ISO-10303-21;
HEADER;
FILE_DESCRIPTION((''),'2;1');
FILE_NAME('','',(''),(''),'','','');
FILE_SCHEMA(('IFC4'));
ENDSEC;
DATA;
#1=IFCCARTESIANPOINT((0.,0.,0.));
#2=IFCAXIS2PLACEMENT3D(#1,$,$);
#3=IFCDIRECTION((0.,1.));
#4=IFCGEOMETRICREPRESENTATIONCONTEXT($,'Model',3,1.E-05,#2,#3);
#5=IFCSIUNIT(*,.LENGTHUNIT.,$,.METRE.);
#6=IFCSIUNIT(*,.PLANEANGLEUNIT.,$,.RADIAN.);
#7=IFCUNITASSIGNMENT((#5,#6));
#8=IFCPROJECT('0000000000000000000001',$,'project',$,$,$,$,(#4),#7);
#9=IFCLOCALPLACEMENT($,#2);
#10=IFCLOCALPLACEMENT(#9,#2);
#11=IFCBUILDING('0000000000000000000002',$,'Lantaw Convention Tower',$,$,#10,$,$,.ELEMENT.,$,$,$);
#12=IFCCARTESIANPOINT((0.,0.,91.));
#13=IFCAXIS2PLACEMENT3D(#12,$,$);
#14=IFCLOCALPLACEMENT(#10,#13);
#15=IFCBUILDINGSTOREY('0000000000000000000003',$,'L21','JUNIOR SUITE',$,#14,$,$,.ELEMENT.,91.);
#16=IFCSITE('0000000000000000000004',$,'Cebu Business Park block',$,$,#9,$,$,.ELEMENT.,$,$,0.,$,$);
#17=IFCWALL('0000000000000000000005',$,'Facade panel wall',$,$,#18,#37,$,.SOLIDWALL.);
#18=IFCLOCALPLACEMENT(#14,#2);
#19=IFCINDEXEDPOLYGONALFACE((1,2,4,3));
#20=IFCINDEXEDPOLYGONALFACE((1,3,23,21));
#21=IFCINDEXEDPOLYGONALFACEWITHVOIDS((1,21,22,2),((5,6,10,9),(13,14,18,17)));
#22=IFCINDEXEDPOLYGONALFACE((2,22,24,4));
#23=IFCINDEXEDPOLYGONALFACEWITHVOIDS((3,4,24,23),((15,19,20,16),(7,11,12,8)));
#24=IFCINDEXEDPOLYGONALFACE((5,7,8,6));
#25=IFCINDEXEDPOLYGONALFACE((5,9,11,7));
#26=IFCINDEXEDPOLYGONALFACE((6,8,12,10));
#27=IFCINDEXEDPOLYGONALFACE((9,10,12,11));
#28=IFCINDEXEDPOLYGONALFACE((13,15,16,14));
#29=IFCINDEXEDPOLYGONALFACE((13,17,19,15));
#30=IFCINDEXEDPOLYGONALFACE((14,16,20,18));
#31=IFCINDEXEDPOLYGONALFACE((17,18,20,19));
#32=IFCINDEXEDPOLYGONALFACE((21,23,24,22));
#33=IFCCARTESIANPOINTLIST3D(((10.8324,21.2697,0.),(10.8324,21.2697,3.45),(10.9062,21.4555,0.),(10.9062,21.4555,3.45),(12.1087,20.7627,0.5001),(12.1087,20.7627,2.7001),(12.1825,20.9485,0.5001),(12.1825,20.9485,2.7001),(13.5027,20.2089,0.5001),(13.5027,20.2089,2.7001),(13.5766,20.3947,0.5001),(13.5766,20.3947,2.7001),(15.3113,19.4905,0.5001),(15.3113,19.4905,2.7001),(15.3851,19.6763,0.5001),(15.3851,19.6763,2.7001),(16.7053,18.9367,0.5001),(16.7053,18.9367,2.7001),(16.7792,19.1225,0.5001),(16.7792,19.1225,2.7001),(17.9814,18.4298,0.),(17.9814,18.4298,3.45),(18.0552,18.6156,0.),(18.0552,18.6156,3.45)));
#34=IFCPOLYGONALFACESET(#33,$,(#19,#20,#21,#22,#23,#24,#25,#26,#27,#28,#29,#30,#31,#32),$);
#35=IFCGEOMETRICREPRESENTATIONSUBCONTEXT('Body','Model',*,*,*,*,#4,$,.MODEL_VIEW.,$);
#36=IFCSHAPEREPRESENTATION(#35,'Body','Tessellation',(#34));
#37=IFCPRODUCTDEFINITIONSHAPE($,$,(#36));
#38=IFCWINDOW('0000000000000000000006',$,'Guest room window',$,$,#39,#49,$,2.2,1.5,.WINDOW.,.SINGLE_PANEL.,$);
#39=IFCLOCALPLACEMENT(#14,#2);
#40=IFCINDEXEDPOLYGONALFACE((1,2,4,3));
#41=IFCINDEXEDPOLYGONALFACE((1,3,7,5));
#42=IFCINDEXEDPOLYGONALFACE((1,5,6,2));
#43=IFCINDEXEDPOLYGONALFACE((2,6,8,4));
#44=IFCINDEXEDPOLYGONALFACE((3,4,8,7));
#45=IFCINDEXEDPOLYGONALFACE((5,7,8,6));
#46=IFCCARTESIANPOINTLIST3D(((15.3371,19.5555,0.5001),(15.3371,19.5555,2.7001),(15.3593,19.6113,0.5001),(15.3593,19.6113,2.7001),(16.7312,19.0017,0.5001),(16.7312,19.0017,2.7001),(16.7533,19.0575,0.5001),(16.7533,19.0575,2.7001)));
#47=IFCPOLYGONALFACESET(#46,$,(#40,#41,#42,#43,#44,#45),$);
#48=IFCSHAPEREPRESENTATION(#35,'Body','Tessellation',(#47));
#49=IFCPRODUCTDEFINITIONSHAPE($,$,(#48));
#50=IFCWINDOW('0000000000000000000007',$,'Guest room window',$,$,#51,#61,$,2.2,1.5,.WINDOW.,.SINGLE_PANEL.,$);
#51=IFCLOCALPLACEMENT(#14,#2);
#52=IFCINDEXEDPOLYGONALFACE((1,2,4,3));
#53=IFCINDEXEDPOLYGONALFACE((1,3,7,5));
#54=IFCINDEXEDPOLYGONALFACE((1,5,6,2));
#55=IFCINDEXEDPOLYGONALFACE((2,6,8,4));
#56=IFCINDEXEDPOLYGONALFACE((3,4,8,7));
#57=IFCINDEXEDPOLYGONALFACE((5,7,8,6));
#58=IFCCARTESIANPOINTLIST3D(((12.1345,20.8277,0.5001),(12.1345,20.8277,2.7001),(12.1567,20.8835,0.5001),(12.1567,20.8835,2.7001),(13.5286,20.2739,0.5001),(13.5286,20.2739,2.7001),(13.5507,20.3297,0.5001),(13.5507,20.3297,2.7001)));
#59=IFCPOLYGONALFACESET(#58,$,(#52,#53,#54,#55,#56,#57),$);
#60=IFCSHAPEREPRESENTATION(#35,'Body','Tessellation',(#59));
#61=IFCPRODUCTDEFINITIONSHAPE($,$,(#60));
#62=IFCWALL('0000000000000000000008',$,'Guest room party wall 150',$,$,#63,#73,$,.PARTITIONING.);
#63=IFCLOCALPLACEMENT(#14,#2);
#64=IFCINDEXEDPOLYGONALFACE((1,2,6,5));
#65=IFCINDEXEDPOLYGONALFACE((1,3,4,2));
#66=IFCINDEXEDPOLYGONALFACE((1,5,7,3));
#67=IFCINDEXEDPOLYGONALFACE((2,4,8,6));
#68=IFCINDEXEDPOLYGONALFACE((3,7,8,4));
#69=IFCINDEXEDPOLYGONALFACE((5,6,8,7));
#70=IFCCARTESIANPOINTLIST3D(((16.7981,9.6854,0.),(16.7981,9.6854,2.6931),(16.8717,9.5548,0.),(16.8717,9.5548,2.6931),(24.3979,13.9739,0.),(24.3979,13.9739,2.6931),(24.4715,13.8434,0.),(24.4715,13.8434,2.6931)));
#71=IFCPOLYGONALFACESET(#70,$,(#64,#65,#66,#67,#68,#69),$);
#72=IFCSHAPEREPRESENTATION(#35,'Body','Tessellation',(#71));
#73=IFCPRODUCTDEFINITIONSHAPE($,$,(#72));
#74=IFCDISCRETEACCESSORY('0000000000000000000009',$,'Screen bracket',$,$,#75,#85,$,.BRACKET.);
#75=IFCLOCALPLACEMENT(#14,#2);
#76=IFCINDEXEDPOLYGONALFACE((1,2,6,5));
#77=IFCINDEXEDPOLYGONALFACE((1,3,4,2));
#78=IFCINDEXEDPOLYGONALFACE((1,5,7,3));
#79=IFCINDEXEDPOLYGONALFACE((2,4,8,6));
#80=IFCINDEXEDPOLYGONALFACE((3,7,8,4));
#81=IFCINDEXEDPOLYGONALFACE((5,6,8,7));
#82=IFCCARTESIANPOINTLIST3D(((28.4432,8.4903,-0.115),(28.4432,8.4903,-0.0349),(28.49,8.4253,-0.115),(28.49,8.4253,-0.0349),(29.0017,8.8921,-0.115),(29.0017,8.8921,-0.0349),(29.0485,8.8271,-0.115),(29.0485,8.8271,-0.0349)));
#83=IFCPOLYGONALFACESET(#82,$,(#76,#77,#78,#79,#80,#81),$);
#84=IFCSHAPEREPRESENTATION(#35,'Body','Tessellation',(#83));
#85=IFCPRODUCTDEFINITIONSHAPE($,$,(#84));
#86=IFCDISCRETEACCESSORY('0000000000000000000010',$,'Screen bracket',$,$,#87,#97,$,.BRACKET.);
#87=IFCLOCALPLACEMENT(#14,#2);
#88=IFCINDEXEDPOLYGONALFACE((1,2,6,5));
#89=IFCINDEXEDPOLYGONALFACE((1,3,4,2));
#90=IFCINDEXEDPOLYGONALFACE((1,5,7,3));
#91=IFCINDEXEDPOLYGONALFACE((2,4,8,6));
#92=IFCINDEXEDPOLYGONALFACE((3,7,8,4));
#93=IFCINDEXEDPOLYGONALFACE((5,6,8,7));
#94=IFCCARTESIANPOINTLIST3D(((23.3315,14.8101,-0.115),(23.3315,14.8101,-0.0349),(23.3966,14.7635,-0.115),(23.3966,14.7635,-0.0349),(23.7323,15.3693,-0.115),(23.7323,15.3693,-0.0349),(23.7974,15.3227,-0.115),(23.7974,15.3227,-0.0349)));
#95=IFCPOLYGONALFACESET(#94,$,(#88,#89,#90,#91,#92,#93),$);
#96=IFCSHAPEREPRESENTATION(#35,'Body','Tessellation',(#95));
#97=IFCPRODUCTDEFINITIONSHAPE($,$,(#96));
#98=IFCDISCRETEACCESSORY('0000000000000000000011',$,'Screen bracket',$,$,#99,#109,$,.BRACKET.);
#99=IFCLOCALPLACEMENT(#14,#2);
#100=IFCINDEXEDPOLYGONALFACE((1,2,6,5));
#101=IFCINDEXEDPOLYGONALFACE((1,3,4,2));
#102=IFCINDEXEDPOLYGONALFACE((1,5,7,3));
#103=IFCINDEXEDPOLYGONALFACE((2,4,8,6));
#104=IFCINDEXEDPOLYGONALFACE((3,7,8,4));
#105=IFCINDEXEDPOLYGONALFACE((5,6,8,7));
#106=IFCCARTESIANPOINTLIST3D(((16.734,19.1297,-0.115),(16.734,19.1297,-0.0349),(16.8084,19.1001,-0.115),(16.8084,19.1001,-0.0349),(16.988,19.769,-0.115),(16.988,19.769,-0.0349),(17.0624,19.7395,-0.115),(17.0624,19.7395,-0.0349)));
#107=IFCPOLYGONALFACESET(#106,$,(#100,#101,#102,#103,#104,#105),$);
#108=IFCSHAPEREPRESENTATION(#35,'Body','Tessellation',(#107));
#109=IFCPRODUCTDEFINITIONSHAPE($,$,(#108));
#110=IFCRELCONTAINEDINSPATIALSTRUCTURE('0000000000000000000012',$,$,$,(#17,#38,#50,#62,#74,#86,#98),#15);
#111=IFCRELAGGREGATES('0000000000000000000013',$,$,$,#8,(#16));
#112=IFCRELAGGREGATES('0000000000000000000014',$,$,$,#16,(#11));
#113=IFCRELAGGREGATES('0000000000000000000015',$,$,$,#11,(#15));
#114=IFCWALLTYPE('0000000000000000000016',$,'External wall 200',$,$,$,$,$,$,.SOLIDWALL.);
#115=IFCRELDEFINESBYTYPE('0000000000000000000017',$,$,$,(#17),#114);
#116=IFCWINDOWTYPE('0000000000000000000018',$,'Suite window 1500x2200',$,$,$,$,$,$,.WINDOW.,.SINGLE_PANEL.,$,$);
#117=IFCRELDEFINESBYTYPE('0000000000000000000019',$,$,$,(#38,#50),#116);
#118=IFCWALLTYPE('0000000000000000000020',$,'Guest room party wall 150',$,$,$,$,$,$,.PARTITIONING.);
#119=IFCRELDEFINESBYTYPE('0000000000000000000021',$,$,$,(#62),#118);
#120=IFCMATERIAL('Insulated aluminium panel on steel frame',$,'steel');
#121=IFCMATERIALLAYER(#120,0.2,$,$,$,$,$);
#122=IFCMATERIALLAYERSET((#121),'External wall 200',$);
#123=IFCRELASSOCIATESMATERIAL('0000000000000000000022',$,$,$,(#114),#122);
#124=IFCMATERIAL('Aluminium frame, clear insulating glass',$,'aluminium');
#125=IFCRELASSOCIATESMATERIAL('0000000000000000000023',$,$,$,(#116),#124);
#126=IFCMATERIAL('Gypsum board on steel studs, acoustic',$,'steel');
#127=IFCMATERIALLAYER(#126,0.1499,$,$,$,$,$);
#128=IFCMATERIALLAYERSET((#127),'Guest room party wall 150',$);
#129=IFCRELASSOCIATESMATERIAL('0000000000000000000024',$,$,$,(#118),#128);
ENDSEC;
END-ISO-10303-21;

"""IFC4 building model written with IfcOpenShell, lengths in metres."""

from ifc_helpers import new_model, si_unit, direction, frame, frame_2d, origin, origin_2d, place, context, subcontext, project, spatial, rectangle, extrude, material, layer, layer_set, type_object, element, fill, save


model = new_model("IFC4")

# Units and contexts
model_context = context("Model", 3, precision=1e-05, world=origin(), true_north=direction((0.0, 1.0)))
body_context = subcontext(model_context, "Body", "Model", "MODEL_VIEW")
ifc_project = project(units=[si_unit("LENGTHUNIT", "METRE"), si_unit("PLANEANGLEUNIT", "RADIAN")], contexts=[model_context])

# Site, building, storey
site_placement = place(None, origin())
site = spatial("IfcSite", under=ifc_project, at=site_placement, Name="Cebu Business Park block", CompositionType="ELEMENT", RefElevation=0.0)
building_placement = place(site_placement, origin())
building = spatial("IfcBuilding", under=site, at=building_placement, Name="Lantaw Convention Tower", CompositionType="ELEMENT")
storey_placement = place(building_placement, frame((0.0, 0.0, 91.0)))
storey = spatial("IfcBuildingStorey", under=building, at=storey_placement, Name="L21", Description="JUNIOR SUITE", CompositionType="ELEMENT", Elevation=91.0)

# Wall, openings, windows
ifc_material_1 = material(Name="Insulated aluminium panel on steel frame", Category="steel")
ifc_layer_1 = layer(ifc_material_1, 0.2)
ifc_layer_set_1 = layer_set([ifc_layer_1], Name="External wall 200")
wall_type_1 = type_object("IfcWallType", Name="External wall 200", PredefinedType="SOLIDWALL", material=ifc_layer_set_1)
ifc_material_2 = material(Name="Aluminium frame, clear insulating glass", Category="aluminium")
window_type = type_object("IfcWindowType", Name="Suite window 1500x2200", PartitioningType="SINGLE_PANEL", PredefinedType="WINDOW", material=ifc_material_2)
wall_1_placement = place(storey_placement, frame((18.0183, 18.5227, 0.0), z_axis=(0.0, 0.0, 1.0), x_axis=(-0.929358, 0.369179, 0.0)))
wall_1 = element("IfcWall", 1, at=wall_1_placement, inside=storey, type_object=wall_type_1, Name="Facade panel wall", PredefinedType="SOLIDWALL", context=body_context, shape_type="SweptSolid", body=[
    extrude(rectangle(XDim=7.6924, YDim=0.2, at=frame_2d((3.8462, 0.0))), origin(), (0.0, 0.0, 1.0), 3.45),
])
opening_1_placement = place(wall_1_placement, frame((1.373, 0.0, 0.5)))
opening_1 = element("IfcOpeningElement", 2, at=opening_1_placement, cuts=wall_1, PredefinedType="OPENING", context=body_context, shape_type="SweptSolid", body=[
    extrude(rectangle(XDim=1.5, YDim=2.2, at=frame_2d((0.75, 1.1001))), frame((0.0, 0.1099, 0.0), z_axis=(0.0, -1.0, 0.0), x_axis=(1.0, 0.0, 0.0)), (0.0, 0.0, 1.0), 0.22),
])
opening_2_placement = place(wall_1_placement, frame((4.8191, 0.0, 0.5)))
opening_2 = element("IfcOpeningElement", 3, at=opening_2_placement, cuts=wall_1, PredefinedType="OPENING", context=body_context, shape_type="SweptSolid", body=[
    extrude(rectangle(XDim=1.5, YDim=2.2, at=frame_2d((0.75, 1.1001))), frame((0.0, 0.1099, 0.0), z_axis=(0.0, -1.0, 0.0), x_axis=(1.0, 0.0, 0.0)), (0.0, 0.0, 1.0), 0.22),
])
window_1_placement = place(opening_1_placement, origin())
window_1 = element("IfcWindow", 4, at=window_1_placement, inside=storey, type_object=window_type, Name="Guest room window", OverallHeight=2.2, OverallWidth=1.5, PartitioningType="SINGLE_PANEL", PredefinedType="WINDOW", context=body_context, shape_type="SweptSolid", body=[
    extrude(rectangle(XDim=1.5, YDim=2.2, at=frame_2d((0.75, 1.1001))), frame((0.0, 0.03, 0.0), z_axis=(0.0, -1.0, 0.0), x_axis=(1.0, 0.0, 0.0)), (0.0, 0.0, 1.0), 0.0601),
])
fill(opening_1, window_1)
window_2_placement = place(opening_2_placement, origin())
window_2 = element("IfcWindow", 5, at=window_2_placement, inside=storey, type_object=window_type, Name="Guest room window", OverallHeight=2.2, OverallWidth=1.5, PartitioningType="SINGLE_PANEL", PredefinedType="WINDOW", context=body_context, shape_type="SweptSolid", body=[
    extrude(rectangle(XDim=1.5, YDim=2.2, at=frame_2d((0.75, 1.1001))), frame((0.0, 0.03, 0.0), z_axis=(0.0, -1.0, 0.0), x_axis=(1.0, 0.0, 0.0)), (0.0, 0.0, 1.0), 0.0601),
])
fill(opening_2, window_2)

# Wall
ifc_material_3 = material(Name="Gypsum board on steel studs, acoustic", Category="steel")
ifc_layer_2 = layer(ifc_material_3, 0.1499)
ifc_layer_set_2 = layer_set([ifc_layer_2], Name="Guest room party wall 150")
wall_type_2 = type_object("IfcWallType", Name="Guest room party wall 150", PredefinedType="PARTITIONING", material=ifc_layer_set_2)
wall_2_placement = place(storey_placement, frame((24.4348, 13.9087, 0.0), z_axis=(0.0, 0.0, 1.0), x_axis=(-0.870906, -0.49145, 0.0)))
element("IfcWall", 6, at=wall_2_placement, inside=storey, type_object=wall_type_2, Name="Guest room party wall 150", PredefinedType="PARTITIONING", context=body_context, shape_type="SweptSolid", body=[
    extrude(rectangle(XDim=8.7263, YDim=0.1499, at=frame_2d((4.3633, 0.0))), origin(), (0.0, 0.0, 1.0), 2.6931),
])

# Discrete accessories
for number, where, z_axis, x_axis, name in (
    (7, (28.7458, 8.6587, -0.115), (0.0, 0.0, 1.0), (-0.583951, 0.811789, 0.0), "Screen bracket"),
    (8, (23.5645, 15.0664, -0.115), (0.0, 0.0, 1.0), (-0.812804, 0.582538, 0.0), "Screen bracket"),
    (9, (16.8982, 19.4346, -0.115), (0.0, 0.0, 1.0), (-0.929361, 0.369172, 0.0), "Screen bracket"),
):
    element("IfcDiscreteAccessory", number, at=place(storey_placement, frame(where, z_axis=z_axis, x_axis=x_axis)), inside=storey, Name=name, PredefinedType="BRACKET", context=body_context, shape_type="SweptSolid", body=[
        extrude(rectangle(XDim=0.0801, YDim=0.688, at=origin_2d()), origin(), (0.0, 0.0, 1.0), 0.0801),
    ])

save(model, "model.ifc")
